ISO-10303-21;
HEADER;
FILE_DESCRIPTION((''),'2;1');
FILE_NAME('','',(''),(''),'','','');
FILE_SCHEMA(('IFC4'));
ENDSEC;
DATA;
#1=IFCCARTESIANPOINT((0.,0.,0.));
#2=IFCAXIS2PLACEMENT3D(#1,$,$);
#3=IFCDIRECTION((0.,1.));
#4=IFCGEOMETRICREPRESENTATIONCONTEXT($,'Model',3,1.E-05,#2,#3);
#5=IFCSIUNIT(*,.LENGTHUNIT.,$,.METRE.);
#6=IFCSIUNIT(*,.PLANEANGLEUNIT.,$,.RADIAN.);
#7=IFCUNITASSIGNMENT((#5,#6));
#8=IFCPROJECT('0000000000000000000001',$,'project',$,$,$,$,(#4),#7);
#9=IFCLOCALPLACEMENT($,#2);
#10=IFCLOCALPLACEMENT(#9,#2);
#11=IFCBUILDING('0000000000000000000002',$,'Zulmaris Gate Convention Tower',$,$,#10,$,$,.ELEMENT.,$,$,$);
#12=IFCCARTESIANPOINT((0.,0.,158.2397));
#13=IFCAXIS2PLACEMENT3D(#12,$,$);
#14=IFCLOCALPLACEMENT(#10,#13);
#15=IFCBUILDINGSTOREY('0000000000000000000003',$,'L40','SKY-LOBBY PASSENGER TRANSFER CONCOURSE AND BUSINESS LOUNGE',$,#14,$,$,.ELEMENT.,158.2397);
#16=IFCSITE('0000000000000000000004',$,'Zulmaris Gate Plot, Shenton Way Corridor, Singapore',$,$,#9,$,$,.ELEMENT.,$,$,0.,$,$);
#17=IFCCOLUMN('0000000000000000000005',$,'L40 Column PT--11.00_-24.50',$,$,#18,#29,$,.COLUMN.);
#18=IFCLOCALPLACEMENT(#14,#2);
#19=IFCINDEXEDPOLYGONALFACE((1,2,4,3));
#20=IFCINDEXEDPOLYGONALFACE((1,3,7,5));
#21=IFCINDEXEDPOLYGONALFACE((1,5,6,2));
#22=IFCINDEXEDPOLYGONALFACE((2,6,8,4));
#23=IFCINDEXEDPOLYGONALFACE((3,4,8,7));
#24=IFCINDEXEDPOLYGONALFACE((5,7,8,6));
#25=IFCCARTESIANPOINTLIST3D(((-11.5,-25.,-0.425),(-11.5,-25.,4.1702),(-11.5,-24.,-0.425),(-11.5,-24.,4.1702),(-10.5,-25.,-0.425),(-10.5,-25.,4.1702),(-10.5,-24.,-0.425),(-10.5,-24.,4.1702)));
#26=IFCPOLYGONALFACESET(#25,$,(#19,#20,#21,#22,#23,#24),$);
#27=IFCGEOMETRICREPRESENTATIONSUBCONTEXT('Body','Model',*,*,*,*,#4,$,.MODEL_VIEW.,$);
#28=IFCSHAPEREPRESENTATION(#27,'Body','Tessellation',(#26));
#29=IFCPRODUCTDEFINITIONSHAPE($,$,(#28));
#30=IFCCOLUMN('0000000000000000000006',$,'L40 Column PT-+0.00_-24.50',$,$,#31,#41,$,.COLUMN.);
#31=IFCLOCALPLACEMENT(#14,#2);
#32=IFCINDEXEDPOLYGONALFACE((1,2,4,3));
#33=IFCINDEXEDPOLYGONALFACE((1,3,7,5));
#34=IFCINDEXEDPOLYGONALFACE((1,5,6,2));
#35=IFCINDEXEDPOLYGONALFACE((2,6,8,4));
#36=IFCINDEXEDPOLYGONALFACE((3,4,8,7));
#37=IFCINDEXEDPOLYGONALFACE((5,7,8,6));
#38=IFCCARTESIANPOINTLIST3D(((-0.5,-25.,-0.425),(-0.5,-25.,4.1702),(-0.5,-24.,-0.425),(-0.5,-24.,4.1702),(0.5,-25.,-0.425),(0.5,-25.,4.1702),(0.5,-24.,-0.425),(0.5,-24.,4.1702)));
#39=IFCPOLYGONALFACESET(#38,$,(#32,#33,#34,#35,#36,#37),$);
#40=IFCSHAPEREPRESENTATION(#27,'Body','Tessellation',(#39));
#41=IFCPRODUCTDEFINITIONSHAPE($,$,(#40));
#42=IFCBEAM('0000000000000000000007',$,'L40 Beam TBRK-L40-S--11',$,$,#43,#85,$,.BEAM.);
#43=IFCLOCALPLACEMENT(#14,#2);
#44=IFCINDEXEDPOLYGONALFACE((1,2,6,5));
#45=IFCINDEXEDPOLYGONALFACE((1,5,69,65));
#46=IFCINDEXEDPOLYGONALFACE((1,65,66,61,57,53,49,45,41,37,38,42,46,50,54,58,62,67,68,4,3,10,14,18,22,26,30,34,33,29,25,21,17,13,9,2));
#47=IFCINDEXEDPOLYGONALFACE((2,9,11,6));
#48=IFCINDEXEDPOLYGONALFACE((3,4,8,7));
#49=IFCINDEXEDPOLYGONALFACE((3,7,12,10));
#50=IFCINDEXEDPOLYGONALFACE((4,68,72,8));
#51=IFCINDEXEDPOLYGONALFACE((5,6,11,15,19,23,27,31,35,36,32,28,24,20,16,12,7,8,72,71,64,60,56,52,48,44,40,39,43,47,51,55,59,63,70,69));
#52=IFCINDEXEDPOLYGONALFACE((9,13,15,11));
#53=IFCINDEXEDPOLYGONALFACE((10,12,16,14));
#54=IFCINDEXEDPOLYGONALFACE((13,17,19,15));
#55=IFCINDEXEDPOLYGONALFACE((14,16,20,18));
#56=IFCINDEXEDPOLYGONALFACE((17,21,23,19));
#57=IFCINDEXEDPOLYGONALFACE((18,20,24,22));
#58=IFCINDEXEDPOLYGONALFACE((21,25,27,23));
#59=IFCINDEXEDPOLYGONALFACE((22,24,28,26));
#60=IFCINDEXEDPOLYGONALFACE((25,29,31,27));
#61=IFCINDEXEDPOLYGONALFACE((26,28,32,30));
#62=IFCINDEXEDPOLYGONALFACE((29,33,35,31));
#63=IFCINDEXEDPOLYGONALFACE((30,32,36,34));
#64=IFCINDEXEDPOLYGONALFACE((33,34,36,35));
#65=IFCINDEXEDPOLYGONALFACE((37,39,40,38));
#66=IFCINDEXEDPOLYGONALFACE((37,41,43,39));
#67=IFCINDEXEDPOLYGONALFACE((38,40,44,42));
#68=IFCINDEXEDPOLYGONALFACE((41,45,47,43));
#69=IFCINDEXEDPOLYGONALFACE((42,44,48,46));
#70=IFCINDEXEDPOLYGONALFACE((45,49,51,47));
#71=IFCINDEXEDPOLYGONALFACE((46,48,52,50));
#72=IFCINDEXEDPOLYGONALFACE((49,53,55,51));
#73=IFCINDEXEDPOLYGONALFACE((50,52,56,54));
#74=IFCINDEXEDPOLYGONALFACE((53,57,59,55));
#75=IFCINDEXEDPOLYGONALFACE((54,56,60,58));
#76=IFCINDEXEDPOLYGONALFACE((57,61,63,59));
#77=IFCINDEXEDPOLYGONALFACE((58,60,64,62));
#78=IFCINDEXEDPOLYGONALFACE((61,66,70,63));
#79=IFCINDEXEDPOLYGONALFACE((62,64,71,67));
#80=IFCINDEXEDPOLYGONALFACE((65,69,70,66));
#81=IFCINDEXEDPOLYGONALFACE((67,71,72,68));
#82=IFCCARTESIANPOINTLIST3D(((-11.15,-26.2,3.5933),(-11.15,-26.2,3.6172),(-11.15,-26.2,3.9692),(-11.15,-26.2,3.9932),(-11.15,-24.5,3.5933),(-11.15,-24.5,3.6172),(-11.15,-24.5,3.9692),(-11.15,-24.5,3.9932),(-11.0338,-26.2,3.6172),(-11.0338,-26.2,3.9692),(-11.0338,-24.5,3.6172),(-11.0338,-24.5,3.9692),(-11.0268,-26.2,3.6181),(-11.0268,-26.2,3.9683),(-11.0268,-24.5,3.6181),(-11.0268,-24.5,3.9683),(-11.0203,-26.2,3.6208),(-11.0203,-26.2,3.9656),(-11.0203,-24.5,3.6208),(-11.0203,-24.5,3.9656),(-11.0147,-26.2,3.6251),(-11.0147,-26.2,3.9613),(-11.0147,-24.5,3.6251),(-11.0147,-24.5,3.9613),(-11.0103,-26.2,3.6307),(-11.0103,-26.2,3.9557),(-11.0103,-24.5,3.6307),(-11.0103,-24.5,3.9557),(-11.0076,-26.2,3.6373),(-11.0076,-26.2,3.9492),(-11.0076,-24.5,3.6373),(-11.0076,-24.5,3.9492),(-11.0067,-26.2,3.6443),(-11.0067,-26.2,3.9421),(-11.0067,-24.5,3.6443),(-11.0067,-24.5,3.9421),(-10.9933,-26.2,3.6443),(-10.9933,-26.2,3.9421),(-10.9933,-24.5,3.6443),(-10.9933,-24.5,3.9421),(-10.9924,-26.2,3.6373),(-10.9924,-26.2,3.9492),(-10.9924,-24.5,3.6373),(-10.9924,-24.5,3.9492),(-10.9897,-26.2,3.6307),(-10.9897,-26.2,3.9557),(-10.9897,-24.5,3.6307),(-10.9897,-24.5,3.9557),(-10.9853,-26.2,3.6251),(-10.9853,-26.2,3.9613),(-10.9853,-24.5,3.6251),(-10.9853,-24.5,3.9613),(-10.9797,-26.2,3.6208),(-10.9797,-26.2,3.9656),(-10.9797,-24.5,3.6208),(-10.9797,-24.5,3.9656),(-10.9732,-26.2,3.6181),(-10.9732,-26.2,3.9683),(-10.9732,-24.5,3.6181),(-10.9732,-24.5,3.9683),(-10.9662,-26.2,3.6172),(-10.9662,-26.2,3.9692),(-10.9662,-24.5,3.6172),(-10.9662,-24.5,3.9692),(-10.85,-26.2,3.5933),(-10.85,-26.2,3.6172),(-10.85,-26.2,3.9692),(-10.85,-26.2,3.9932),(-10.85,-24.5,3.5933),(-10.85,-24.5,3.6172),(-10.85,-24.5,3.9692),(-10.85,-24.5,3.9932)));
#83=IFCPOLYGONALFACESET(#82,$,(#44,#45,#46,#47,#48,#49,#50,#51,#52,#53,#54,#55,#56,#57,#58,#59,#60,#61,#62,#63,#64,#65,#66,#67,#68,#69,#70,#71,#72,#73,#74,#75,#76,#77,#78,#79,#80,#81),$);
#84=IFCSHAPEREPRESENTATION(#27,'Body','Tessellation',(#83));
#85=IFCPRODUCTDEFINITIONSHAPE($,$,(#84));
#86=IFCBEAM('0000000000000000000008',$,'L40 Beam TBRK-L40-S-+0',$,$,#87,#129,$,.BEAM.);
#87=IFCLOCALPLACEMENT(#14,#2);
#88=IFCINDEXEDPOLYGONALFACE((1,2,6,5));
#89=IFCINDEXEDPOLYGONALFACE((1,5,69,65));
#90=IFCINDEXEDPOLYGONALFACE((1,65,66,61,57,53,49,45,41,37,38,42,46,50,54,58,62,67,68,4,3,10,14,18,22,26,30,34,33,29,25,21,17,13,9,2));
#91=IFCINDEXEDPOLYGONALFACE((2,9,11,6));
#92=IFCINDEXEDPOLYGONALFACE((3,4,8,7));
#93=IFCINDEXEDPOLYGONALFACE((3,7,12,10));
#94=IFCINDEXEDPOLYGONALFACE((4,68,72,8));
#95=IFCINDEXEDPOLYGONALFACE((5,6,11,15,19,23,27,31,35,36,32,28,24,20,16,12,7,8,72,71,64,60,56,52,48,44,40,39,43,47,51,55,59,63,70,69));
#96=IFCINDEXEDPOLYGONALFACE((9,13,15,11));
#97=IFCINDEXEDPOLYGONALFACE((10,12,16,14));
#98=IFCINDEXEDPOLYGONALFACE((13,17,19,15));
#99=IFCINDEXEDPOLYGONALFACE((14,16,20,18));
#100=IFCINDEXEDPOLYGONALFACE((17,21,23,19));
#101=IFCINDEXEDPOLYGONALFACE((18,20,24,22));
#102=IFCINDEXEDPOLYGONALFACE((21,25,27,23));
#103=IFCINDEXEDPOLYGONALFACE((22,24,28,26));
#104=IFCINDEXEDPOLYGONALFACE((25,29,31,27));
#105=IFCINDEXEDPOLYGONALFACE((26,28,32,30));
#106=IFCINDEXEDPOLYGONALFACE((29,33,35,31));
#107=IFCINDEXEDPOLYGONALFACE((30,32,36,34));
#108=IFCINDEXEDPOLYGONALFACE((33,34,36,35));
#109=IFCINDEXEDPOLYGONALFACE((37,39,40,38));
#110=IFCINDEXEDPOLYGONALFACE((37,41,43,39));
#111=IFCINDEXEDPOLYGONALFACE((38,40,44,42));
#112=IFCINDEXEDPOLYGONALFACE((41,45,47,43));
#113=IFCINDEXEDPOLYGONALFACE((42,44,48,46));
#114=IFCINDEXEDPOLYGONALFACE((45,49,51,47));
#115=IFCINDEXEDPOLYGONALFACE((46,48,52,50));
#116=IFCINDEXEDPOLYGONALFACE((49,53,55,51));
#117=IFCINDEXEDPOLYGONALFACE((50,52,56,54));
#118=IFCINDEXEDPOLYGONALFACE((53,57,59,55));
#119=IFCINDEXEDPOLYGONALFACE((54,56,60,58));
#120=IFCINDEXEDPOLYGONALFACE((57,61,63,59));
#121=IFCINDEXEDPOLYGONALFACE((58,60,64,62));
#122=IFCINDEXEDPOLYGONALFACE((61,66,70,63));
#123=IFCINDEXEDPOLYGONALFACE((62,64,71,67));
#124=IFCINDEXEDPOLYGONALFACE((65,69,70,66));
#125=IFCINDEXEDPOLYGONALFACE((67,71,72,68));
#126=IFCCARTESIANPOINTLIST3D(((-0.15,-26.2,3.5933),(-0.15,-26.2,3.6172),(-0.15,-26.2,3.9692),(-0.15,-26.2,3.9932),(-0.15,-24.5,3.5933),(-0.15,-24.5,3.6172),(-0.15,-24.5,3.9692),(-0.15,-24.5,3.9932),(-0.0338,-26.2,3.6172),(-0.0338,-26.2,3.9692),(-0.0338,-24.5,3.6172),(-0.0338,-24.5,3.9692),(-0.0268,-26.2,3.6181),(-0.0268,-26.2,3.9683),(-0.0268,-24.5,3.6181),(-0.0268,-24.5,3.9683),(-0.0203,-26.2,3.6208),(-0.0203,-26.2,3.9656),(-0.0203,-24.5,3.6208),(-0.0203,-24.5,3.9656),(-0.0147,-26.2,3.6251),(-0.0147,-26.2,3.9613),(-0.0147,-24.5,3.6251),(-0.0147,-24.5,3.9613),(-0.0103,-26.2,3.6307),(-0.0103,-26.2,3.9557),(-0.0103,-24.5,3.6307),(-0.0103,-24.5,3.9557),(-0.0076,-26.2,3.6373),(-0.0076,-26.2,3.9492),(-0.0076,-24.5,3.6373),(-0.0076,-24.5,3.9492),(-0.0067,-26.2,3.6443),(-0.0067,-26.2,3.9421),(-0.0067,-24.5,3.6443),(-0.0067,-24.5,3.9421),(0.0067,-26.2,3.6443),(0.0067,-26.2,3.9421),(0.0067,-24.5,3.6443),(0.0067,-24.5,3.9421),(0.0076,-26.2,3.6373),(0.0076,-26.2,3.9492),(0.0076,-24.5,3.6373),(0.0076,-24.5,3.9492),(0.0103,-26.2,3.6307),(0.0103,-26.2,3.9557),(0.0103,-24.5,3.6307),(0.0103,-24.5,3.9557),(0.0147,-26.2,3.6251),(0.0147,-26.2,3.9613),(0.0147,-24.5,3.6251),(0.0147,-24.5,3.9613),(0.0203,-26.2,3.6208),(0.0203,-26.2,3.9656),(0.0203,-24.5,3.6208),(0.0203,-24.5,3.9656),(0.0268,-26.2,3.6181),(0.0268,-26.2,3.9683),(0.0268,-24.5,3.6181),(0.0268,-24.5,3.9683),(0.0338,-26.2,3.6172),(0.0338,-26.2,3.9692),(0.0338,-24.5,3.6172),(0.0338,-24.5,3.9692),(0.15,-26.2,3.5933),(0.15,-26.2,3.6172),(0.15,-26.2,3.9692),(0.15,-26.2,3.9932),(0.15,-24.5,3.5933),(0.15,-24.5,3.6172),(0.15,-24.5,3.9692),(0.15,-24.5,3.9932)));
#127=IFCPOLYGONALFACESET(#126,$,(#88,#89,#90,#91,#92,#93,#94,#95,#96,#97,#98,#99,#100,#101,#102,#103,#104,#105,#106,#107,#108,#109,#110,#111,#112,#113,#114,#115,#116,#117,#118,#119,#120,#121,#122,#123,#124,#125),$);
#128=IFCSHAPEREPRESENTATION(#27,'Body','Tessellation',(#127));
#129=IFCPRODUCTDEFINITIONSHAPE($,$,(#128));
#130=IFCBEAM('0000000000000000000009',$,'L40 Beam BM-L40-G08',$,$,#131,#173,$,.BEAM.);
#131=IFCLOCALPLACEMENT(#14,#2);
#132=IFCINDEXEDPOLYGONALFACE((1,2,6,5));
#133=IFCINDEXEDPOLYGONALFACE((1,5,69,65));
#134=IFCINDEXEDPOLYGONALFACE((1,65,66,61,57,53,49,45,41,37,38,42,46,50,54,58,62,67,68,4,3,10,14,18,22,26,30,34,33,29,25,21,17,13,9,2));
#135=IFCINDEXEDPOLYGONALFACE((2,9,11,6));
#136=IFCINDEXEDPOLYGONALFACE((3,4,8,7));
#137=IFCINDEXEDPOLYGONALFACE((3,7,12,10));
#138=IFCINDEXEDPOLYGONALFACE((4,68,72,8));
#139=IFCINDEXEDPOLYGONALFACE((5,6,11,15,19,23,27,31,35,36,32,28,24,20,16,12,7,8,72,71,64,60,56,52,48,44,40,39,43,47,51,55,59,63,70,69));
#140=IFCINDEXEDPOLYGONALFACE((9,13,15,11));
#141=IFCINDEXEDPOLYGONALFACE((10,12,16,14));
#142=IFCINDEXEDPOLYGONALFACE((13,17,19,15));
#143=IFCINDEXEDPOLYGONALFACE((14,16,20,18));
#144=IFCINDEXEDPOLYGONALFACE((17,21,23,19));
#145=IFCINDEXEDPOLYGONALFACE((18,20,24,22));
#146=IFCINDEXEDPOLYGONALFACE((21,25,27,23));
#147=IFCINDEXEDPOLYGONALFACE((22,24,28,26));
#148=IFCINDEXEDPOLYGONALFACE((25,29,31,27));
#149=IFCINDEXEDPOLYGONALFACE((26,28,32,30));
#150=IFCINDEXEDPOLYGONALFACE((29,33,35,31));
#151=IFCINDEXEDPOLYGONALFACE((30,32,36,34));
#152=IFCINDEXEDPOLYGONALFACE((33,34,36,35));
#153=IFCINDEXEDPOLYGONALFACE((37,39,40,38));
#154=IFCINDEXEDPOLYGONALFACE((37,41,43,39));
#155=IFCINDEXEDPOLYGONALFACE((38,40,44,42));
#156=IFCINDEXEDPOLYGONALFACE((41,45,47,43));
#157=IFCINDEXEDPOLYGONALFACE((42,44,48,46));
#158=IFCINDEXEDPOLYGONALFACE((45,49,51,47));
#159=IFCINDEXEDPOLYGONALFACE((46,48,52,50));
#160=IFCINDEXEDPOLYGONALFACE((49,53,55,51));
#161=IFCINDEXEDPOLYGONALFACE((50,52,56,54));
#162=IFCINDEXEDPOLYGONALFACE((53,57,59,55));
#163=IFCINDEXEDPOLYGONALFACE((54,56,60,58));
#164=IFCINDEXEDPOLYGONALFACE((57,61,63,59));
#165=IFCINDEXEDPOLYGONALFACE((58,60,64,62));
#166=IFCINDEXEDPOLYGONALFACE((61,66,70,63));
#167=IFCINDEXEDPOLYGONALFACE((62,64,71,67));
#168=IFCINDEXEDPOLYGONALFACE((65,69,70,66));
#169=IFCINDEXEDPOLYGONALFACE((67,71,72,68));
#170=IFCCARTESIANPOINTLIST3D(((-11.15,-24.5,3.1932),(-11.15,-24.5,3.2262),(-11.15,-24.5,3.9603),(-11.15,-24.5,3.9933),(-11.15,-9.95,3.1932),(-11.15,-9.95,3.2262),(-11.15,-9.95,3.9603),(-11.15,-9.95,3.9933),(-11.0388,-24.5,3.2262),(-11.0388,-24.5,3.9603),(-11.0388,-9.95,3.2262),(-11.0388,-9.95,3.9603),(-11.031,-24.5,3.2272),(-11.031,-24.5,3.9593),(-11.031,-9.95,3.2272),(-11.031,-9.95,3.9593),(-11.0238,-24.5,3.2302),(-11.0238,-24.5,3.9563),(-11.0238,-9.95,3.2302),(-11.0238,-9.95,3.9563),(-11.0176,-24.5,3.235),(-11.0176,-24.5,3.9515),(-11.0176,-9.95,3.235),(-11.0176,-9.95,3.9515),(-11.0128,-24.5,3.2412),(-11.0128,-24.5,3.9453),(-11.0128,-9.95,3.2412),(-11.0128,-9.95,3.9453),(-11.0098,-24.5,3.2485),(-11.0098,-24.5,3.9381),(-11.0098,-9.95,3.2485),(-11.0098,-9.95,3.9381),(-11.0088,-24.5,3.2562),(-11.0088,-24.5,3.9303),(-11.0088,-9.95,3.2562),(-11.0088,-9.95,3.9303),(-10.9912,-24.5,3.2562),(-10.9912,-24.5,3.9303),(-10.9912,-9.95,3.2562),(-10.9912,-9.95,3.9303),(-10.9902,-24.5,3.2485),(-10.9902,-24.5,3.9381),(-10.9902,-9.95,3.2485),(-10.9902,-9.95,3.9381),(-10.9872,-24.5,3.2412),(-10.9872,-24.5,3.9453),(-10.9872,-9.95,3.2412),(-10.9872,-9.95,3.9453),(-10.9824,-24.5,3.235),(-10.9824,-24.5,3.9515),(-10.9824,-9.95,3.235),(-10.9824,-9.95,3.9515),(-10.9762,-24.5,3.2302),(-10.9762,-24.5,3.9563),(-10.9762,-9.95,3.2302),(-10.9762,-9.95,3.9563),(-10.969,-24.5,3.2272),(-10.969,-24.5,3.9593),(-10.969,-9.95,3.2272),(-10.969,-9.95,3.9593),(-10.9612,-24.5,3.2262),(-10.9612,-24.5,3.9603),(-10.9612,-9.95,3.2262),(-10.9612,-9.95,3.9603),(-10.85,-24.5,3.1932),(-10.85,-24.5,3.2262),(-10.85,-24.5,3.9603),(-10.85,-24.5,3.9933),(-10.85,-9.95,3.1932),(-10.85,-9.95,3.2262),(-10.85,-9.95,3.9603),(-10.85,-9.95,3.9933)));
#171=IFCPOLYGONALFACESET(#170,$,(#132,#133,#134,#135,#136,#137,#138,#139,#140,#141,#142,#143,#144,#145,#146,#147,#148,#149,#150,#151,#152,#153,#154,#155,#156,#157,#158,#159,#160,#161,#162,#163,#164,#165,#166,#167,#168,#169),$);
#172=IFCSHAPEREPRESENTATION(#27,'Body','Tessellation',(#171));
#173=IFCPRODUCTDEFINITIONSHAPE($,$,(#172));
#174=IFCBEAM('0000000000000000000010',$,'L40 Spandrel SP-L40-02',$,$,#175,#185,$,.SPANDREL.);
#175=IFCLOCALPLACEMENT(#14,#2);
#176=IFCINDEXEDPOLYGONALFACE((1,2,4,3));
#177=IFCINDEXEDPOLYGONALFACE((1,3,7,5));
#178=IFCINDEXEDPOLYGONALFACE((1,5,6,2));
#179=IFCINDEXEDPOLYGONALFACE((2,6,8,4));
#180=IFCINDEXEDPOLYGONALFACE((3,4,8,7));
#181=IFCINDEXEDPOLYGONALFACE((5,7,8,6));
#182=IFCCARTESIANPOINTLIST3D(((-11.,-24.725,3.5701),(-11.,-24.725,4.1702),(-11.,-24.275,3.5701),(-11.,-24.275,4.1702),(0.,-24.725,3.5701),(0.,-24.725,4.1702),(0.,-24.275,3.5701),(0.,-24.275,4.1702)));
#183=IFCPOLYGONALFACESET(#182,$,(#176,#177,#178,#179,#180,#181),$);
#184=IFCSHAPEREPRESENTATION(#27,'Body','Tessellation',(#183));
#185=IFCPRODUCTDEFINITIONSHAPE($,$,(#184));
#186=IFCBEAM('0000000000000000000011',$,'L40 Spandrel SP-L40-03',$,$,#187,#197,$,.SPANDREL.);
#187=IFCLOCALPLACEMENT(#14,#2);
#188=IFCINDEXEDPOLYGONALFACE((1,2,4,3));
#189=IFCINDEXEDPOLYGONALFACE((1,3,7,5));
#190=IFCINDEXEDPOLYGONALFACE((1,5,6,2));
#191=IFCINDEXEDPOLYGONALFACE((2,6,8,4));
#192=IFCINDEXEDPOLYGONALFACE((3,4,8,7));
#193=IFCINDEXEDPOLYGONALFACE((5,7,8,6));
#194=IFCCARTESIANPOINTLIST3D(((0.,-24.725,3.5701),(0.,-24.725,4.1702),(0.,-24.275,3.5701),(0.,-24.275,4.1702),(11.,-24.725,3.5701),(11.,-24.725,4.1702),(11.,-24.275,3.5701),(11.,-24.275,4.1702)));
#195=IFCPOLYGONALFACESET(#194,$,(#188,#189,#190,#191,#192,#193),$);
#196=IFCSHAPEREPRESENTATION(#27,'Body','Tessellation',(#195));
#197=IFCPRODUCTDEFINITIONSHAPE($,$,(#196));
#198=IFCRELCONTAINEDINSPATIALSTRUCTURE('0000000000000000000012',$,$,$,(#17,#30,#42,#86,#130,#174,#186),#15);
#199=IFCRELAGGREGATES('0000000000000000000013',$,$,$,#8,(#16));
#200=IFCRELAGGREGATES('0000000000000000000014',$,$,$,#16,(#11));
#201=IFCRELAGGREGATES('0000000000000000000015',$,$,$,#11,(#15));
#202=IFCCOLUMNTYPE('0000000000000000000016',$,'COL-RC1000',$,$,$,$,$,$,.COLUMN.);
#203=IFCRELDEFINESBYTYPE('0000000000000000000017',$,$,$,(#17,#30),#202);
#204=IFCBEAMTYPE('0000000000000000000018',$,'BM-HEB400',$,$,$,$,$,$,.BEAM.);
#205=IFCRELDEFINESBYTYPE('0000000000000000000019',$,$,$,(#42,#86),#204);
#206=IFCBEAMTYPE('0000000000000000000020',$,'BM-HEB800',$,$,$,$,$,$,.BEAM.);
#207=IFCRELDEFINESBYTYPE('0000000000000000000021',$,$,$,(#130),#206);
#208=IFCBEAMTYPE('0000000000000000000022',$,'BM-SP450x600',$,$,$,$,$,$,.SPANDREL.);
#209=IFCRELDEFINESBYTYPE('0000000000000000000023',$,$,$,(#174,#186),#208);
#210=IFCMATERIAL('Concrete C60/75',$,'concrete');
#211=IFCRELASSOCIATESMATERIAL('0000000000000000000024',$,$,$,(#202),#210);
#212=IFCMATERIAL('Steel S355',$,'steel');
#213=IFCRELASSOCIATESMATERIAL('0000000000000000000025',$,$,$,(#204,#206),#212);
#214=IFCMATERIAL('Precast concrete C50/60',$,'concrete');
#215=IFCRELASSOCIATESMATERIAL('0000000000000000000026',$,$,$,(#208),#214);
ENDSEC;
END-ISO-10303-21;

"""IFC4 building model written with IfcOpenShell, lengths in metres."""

from ifc_helpers import new_model, si_unit, direction, frame, origin, origin_2d, place, context, subcontext, project, spatial, rectangle, i_section, extrude, material, material_profile, profile_set, type_object, element, save


model = new_model("IFC4")

# Units and contexts
model_context = context("Model", 3, precision=1e-05, world=origin(), true_north=direction((0.0, 1.0)))
body_context = subcontext(model_context, "Body", "Model", "MODEL_VIEW")
ifc_project = project(units=[si_unit("LENGTHUNIT", "METRE"), si_unit("PLANEANGLEUNIT", "RADIAN")], contexts=[model_context])

# Site, building, storey
site_placement = place(None, origin())
site = spatial("IfcSite", under=ifc_project, at=site_placement, Name="Zulmaris Gate Plot, Shenton Way Corridor, Singapore", CompositionType="ELEMENT", RefElevation=0.0)
building_placement = place(site_placement, origin())
building = spatial("IfcBuilding", under=site, at=building_placement, Name="Zulmaris Gate Convention Tower", CompositionType="ELEMENT")
storey_placement = place(building_placement, frame((0.0, 0.0, 158.2397)))
storey = spatial("IfcBuildingStorey", under=building, at=storey_placement, Name="L40", Description="SKY-LOBBY PASSENGER TRANSFER CONCOURSE AND BUSINESS LOUNGE", CompositionType="ELEMENT", Elevation=158.2397)

# Columns
ifc_material_1 = material(Name="Concrete C60/75", Category="concrete")
ifc_material_profile_1 = material_profile(ifc_material_1, rectangle(XDim=1.0, YDim=1.0, at=origin_2d()), Name="RC COL 1000x1000")
ifc_profile_set_1 = profile_set([ifc_material_profile_1], Name="Concrete C60/75")
column_type = type_object("IfcColumnType", Name="COL-RC1000", PredefinedType="COLUMN", material=ifc_profile_set_1)
for number, where, z_axis, x_axis, name in (
    (1, (-11.0, -24.5, -0.425), (0.0, 0.0, 1.0), (1.0, 0.0, 0.0), "L40 Column PT--11.00_-24.50"),
    (2, (0.0, -24.5, -0.425), (0.0, 0.0, 1.0), (1.0, 0.0, 0.0), "L40 Column PT-+0.00_-24.50"),
):
    element("IfcColumn", number, at=place(storey_placement, frame(where, z_axis=z_axis, x_axis=x_axis)), inside=storey, type_object=column_type, Name=name, PredefinedType="COLUMN", context=body_context, shape_type="SweptSolid", body=[
        extrude(rectangle(XDim=1.0, YDim=1.0, at=origin_2d()), origin(), (0.0, 0.0, 1.0), 4.5952),
    ])

# Beams
ifc_material_2 = material(Name="Steel S355", Category="steel")
ifc_material_profile_2 = material_profile(ifc_material_2, i_section(OverallWidth=0.3, OverallDepth=0.3999, WebThickness=0.0134, FlangeThickness=0.0239, FilletRadius=0.0271, at=origin_2d()), Name="HEB 400")
ifc_profile_set_2 = profile_set([ifc_material_profile_2], Name="Steel S355")
beam_type_1 = type_object("IfcBeamType", Name="BM-HEB400", PredefinedType="BEAM", material=ifc_profile_set_2)
for number, where, z_axis, x_axis, name in (
    (3, (-11.0, -26.2, 3.7932), (0.0, 1.0, 0.0), (-1.0, 0.0, 0.0), "L40 Beam TBRK-L40-S--11"),
    (4, (0.0, -26.2, 3.7932), (0.0, 1.0, 0.0), (-1.0, 0.0, 0.0), "L40 Beam TBRK-L40-S-+0"),
):
    element("IfcBeam", number, at=place(storey_placement, frame(where, z_axis=z_axis, x_axis=x_axis)), inside=storey, type_object=beam_type_1, Name=name, PredefinedType="BEAM", context=body_context, shape_type="SweptSolid", body=[
        extrude(i_section(OverallWidth=0.3, OverallDepth=0.3999, WebThickness=0.0134, FlangeThickness=0.0239, FilletRadius=0.0271, at=origin_2d()), origin(), (0.0, 0.0, 1.0), 1.7),
    ])
ifc_material_profile_3 = material_profile(ifc_material_2, i_section(OverallWidth=0.3, OverallDepth=0.8, WebThickness=0.0176, FlangeThickness=0.033, FilletRadius=0.03, at=origin_2d()), Name="HEB 800")
ifc_profile_set_3 = profile_set([ifc_material_profile_3], Name="Steel S355")
beam_type_2 = type_object("IfcBeamType", Name="BM-HEB800", PredefinedType="BEAM", material=ifc_profile_set_3)
beam_placement = place(storey_placement, frame((-11.0, -24.5, 3.5933), z_axis=(0.0, 1.0, 0.0), x_axis=(-1.0, 0.0, 0.0)))
element("IfcBeam", 5, at=beam_placement, inside=storey, type_object=beam_type_2, Name="L40 Beam BM-L40-G08", PredefinedType="BEAM", context=body_context, shape_type="SweptSolid", body=[
    extrude(i_section(OverallWidth=0.3, OverallDepth=0.8, WebThickness=0.0176, FlangeThickness=0.033, FilletRadius=0.03, at=origin_2d()), origin(), (0.0, 0.0, 1.0), 14.55),
])
ifc_material_3 = material(Name="Precast concrete C50/60", Category="concrete")
ifc_material_profile_4 = material_profile(ifc_material_3, rectangle(XDim=0.45, YDim=0.6001, at=origin_2d()), Name="RC SPANDREL 450x600")
ifc_profile_set_4 = profile_set([ifc_material_profile_4], Name="Precast concrete C50/60")
beam_type_3 = type_object("IfcBeamType", Name="BM-SP450x600", PredefinedType="SPANDREL", material=ifc_profile_set_4)
for number, where, z_axis, x_axis, name in (
    (6, (-11.0, -24.5, 3.8701), (1.0, 0.0, 0.0), (0.0, 1.0, 0.0), "L40 Spandrel SP-L40-02"),
    (7, (0.0, -24.5, 3.8701), (1.0, 0.0, 0.0), (0.0, 1.0, 0.0), "L40 Spandrel SP-L40-03"),
):
    element("IfcBeam", number, at=place(storey_placement, frame(where, z_axis=z_axis, x_axis=x_axis)), inside=storey, type_object=beam_type_3, Name=name, PredefinedType="SPANDREL", context=body_context, shape_type="SweptSolid", body=[
        extrude(rectangle(XDim=0.45, YDim=0.6001, at=origin_2d()), origin(), (0.0, 0.0, 1.0), 11.0),
    ])

save(model, "model.ifc")
